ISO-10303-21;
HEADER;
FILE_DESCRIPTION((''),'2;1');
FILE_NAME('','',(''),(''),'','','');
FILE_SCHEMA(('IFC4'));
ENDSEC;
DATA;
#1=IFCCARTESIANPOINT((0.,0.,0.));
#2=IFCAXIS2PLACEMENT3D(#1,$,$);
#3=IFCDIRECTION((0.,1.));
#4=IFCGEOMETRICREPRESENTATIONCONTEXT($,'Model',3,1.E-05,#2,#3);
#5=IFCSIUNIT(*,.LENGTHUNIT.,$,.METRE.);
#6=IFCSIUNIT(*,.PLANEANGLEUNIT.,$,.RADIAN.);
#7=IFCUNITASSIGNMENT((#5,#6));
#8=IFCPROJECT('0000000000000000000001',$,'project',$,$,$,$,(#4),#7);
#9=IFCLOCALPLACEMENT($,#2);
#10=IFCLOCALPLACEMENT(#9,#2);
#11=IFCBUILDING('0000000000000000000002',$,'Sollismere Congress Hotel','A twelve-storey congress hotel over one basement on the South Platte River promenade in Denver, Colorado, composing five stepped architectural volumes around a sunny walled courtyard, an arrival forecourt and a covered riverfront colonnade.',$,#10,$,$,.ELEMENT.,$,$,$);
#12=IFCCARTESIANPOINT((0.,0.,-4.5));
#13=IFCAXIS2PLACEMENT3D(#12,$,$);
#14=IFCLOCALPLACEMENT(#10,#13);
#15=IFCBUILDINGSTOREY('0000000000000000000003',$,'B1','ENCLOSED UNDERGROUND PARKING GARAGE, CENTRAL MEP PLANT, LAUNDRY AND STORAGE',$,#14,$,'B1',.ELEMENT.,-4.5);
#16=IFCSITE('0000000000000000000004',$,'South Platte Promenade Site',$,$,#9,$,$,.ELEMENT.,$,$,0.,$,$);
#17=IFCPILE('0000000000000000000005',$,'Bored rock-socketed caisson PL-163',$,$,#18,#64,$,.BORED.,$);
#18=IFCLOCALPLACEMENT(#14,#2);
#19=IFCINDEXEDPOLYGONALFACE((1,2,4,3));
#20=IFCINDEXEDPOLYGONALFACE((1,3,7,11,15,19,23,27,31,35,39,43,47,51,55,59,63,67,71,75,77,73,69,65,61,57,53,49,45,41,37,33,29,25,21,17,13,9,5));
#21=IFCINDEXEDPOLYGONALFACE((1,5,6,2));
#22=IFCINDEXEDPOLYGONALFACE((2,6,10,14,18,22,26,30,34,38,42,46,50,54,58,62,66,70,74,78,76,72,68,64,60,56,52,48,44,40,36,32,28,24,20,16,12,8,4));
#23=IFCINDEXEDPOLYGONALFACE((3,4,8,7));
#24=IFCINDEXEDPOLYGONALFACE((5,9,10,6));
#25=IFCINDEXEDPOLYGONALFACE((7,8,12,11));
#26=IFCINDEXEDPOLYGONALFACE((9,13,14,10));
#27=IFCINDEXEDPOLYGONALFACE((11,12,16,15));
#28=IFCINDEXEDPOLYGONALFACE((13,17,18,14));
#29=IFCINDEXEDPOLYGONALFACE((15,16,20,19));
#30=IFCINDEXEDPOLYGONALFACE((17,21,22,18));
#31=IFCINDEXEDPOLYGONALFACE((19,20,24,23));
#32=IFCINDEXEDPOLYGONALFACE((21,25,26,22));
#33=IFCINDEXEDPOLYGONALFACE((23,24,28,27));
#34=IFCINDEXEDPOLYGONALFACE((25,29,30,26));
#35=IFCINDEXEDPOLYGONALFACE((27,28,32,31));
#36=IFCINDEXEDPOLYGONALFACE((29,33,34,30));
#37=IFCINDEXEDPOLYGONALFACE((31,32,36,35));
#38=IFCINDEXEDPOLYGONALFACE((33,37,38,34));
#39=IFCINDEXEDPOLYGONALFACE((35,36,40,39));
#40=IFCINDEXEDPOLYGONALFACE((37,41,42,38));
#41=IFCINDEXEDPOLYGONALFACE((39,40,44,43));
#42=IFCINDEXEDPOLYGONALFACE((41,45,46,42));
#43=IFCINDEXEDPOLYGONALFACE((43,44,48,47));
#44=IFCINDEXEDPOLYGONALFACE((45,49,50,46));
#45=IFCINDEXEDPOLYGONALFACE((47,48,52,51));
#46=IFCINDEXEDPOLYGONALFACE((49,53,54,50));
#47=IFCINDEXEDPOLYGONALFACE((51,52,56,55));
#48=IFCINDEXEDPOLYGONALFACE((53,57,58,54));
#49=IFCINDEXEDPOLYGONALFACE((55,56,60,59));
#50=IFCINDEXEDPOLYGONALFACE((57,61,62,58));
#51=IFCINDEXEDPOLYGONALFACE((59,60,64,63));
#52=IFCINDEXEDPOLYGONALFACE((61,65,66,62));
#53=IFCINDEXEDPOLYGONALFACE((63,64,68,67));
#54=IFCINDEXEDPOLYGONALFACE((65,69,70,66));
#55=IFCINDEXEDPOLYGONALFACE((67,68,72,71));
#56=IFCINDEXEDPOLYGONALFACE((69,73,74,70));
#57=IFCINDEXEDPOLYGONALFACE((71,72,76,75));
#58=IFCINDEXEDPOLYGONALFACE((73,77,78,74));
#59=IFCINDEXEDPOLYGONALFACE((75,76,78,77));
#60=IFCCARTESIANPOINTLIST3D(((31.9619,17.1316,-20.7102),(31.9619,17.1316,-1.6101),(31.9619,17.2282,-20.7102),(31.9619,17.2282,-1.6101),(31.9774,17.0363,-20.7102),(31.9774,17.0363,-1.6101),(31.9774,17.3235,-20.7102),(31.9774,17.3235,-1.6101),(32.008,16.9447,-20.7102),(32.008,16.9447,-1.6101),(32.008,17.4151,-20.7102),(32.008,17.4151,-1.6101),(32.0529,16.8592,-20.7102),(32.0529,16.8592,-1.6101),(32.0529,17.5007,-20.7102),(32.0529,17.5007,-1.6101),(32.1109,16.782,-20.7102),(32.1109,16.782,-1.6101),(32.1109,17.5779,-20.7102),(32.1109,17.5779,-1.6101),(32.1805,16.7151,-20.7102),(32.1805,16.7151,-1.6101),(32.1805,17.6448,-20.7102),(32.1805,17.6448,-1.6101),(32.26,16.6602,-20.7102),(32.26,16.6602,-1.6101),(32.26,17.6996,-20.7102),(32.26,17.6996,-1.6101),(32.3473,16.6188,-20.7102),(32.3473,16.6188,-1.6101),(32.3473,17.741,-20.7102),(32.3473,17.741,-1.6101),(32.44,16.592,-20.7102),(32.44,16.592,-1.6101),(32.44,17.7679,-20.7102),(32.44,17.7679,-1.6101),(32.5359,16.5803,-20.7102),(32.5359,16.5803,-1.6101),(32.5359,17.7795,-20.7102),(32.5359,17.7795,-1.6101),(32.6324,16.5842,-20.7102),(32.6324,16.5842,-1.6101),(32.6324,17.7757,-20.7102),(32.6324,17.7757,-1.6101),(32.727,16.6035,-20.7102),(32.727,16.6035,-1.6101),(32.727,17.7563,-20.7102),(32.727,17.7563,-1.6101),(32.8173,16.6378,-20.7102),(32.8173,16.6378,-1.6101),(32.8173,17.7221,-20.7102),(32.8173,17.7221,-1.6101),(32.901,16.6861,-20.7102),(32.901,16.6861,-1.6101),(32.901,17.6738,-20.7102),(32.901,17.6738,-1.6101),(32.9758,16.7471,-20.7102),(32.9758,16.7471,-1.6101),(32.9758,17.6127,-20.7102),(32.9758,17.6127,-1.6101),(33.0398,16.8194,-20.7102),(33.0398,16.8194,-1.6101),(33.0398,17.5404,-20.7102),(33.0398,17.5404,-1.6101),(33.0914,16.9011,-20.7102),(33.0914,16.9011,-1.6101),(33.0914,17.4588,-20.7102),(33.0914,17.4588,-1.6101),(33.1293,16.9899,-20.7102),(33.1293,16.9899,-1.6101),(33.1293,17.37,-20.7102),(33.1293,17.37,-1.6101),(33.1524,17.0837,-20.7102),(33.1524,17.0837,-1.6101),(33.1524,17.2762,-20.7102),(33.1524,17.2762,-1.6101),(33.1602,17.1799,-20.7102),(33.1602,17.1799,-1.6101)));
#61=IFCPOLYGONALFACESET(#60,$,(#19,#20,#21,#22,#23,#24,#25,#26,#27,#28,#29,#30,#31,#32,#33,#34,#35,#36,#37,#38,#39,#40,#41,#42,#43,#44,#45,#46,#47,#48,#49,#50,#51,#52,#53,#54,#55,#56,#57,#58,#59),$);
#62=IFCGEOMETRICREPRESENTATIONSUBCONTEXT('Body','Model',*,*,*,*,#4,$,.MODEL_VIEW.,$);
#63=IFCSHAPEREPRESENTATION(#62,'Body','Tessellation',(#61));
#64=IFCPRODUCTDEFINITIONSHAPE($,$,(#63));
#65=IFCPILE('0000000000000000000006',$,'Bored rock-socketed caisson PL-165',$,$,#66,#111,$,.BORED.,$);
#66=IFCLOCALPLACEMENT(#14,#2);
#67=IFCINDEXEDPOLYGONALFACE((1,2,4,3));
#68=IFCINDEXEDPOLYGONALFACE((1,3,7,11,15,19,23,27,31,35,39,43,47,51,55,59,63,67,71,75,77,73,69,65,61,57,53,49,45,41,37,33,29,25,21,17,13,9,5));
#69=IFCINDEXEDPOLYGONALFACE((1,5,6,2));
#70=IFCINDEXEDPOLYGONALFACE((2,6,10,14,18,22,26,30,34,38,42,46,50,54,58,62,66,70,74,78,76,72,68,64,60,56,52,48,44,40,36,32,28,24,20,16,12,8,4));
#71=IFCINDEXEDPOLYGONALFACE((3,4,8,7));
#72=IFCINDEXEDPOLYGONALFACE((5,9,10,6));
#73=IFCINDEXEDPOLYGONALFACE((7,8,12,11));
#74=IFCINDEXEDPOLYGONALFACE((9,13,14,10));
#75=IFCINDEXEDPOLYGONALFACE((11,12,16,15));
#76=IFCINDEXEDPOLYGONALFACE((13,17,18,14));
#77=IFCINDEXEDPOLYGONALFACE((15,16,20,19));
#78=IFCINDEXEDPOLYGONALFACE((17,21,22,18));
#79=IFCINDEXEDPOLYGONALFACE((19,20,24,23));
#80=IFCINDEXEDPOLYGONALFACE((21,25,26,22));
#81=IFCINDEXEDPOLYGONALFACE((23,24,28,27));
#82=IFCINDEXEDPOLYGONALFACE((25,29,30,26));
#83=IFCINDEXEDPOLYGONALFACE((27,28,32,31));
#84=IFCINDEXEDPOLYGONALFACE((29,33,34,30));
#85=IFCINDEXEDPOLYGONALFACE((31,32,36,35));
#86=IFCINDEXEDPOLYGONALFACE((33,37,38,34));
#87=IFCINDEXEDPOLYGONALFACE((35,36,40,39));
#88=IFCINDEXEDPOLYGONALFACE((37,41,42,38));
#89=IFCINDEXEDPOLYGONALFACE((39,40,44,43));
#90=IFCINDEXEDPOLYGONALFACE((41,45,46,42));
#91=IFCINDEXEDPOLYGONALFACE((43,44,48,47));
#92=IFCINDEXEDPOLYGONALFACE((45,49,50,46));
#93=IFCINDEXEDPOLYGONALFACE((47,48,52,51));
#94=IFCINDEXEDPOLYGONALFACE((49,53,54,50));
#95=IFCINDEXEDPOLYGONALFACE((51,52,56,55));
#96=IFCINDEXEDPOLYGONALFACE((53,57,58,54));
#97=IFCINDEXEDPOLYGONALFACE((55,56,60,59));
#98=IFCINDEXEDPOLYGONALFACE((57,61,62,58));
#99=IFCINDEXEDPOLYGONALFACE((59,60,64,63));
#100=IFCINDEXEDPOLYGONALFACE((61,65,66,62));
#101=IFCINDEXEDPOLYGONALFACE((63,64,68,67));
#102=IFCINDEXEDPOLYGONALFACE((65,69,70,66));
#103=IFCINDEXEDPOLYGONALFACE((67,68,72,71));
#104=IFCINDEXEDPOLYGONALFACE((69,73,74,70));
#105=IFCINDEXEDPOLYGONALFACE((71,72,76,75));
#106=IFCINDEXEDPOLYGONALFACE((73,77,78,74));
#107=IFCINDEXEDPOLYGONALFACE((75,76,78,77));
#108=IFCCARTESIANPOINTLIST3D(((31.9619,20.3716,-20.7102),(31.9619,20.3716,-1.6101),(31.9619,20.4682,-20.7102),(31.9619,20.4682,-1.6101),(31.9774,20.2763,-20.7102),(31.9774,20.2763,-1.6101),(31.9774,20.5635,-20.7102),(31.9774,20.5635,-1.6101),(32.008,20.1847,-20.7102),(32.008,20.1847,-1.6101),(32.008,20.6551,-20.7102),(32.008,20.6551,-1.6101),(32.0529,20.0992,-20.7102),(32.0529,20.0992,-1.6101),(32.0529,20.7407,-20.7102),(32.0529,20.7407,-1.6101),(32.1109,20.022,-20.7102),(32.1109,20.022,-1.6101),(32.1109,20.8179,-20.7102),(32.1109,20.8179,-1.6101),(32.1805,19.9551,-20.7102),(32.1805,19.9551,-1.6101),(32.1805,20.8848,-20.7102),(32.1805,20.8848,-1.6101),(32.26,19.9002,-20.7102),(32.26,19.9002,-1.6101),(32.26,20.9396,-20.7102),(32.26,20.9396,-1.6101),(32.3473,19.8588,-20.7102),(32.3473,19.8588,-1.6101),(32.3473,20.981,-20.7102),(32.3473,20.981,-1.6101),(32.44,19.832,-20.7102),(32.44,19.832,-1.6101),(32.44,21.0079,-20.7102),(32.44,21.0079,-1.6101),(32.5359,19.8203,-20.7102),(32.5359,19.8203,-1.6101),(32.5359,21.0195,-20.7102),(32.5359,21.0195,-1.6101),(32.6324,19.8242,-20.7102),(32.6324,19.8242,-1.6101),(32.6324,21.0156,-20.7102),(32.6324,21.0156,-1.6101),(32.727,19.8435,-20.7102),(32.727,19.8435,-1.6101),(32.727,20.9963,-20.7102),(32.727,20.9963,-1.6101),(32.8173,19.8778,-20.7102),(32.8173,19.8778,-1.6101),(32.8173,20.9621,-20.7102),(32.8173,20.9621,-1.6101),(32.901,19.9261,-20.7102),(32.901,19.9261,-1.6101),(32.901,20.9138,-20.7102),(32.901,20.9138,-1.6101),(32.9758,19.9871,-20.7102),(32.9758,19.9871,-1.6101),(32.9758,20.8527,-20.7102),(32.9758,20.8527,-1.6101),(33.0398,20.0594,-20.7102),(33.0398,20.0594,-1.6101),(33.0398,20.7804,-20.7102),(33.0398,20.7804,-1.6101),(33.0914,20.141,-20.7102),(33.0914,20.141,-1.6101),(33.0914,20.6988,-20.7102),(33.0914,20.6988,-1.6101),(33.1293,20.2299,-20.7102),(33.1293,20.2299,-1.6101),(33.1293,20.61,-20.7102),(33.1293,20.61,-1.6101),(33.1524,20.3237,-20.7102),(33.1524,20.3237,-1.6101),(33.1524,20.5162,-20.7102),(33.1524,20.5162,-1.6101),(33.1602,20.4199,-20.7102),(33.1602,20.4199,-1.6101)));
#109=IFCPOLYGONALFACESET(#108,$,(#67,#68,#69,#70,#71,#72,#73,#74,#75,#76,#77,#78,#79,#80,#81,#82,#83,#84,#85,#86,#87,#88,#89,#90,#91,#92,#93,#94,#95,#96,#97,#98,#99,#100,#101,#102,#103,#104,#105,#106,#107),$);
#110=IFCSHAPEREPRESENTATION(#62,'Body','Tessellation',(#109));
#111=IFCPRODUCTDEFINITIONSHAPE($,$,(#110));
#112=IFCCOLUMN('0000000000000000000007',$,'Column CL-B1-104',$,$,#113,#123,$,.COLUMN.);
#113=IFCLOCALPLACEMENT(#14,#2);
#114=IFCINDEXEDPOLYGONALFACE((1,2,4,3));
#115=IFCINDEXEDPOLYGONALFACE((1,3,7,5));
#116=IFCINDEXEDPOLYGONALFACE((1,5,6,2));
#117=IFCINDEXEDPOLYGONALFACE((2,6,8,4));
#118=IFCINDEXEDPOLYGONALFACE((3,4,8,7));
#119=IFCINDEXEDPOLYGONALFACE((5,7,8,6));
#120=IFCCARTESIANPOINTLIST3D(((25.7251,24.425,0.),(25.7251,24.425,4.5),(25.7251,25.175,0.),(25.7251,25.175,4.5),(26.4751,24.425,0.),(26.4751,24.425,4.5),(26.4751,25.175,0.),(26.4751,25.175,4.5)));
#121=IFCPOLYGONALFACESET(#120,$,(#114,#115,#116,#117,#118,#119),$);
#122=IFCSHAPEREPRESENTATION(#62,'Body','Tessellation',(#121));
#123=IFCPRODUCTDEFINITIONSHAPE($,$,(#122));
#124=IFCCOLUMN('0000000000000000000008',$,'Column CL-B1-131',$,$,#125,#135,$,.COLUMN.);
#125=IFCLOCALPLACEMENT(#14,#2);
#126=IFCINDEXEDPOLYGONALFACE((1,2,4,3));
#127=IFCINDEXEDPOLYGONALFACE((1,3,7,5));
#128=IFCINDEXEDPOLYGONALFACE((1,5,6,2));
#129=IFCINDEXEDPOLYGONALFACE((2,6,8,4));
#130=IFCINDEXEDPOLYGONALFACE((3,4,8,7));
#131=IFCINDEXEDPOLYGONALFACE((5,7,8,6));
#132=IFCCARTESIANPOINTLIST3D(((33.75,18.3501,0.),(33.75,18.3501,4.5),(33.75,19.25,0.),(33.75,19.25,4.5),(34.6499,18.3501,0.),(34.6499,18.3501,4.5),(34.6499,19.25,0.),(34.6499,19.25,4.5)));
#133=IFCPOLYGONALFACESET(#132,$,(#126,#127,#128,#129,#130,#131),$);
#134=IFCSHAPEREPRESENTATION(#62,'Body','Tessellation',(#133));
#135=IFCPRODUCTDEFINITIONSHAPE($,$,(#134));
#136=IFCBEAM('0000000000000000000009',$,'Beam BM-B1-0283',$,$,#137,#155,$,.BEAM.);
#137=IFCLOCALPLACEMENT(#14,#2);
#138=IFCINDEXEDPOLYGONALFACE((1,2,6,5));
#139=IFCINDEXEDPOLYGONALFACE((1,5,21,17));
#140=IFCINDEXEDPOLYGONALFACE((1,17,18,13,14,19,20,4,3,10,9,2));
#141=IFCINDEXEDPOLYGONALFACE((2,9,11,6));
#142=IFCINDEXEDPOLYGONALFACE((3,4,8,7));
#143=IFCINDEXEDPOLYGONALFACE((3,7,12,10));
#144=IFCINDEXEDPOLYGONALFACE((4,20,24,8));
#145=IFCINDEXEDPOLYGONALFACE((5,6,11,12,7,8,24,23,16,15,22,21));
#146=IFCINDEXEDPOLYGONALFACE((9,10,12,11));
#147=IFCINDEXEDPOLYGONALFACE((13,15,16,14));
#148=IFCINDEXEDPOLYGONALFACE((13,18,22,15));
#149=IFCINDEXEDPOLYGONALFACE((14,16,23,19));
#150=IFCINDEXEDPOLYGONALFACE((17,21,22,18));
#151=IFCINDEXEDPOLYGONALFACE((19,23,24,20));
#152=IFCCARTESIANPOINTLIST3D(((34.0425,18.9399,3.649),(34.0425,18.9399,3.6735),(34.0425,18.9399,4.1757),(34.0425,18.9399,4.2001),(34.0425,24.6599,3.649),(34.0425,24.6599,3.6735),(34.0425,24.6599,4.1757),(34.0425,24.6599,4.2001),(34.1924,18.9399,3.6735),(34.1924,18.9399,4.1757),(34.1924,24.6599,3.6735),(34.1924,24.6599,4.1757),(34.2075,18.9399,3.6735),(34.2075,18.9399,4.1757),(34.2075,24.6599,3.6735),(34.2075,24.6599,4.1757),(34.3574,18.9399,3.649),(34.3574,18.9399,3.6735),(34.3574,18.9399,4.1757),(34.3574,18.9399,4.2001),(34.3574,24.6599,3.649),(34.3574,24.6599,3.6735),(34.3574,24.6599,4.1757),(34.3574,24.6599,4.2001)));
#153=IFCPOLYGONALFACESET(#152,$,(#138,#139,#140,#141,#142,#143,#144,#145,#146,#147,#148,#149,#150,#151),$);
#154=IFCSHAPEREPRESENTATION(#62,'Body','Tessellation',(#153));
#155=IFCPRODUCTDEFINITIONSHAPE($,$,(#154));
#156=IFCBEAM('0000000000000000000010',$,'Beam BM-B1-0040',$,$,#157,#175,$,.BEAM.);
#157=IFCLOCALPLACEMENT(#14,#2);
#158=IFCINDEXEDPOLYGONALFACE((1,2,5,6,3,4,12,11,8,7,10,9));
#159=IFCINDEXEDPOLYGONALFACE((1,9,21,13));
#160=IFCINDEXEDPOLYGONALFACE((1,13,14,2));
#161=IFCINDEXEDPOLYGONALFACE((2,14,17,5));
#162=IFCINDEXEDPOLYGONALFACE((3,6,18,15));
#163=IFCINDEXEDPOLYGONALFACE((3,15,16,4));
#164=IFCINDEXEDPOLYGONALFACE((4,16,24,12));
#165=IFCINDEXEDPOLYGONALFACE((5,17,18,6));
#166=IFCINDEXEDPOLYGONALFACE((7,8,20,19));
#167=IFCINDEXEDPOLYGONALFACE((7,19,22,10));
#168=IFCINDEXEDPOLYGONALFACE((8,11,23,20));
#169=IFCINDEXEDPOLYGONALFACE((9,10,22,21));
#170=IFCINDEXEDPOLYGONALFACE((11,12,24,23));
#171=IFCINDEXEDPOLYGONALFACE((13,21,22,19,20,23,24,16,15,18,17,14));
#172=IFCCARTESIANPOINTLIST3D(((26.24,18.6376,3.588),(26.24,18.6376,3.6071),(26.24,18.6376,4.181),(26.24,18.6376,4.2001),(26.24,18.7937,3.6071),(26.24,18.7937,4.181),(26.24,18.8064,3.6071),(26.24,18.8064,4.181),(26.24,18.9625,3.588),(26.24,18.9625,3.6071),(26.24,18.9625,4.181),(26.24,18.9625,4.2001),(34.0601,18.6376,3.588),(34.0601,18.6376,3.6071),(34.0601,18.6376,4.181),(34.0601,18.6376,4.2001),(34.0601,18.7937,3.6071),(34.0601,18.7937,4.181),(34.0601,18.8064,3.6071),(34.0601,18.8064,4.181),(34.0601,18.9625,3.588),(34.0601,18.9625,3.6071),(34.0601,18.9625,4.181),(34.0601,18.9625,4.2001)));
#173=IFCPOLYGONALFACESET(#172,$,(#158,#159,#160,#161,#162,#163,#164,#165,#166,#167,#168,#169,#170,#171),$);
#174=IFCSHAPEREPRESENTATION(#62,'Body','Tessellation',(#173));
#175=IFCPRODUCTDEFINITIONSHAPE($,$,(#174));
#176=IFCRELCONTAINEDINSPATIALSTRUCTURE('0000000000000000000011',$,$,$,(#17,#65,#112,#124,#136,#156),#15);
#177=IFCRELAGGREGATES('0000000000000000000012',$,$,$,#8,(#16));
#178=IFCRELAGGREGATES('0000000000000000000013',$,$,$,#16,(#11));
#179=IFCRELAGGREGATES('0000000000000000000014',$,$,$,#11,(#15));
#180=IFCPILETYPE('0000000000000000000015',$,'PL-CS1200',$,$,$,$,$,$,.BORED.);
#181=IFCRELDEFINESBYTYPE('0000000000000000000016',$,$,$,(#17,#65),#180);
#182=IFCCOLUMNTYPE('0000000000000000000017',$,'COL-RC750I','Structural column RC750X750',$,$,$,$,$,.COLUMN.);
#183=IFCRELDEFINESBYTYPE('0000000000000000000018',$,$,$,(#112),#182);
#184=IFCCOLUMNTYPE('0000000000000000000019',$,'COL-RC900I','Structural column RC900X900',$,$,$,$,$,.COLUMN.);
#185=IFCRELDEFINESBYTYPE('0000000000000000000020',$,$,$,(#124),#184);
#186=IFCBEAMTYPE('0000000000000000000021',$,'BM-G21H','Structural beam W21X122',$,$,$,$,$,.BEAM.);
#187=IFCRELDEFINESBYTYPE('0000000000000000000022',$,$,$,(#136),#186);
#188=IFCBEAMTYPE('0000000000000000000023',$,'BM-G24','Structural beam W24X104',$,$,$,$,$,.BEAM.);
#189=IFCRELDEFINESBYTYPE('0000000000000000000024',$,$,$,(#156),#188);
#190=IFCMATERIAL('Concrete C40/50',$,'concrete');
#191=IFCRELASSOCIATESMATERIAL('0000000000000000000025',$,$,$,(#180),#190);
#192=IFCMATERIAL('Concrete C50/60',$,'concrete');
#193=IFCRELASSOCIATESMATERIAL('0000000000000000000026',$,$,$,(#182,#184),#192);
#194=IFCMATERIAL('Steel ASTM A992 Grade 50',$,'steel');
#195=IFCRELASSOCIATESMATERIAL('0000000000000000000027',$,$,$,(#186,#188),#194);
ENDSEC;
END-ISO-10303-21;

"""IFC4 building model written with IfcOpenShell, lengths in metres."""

from ifc_helpers import new_model, si_unit, direction, frame, origin, origin_2d, place, context, subcontext, project, spatial, rectangle, circle, i_section, extrude, material, material_profile, profile_set, type_object, element, save


model = new_model("IFC4")

# Units and contexts
model_context = context("Model", 3, precision=1e-05, world=origin(), true_north=direction((0.0, 1.0)))
body_context = subcontext(model_context, "Body", "Model", "MODEL_VIEW")
ifc_project = project(units=[si_unit("LENGTHUNIT", "METRE"), si_unit("PLANEANGLEUNIT", "RADIAN")], contexts=[model_context])

# Site, building, storey
site_placement = place(None, origin())
site = spatial("IfcSite", under=ifc_project, at=site_placement, Name="South Platte Promenade Site", CompositionType="ELEMENT", RefElevation=0.0)
building_placement = place(site_placement, origin())
building = spatial("IfcBuilding", under=site, at=building_placement, Name="Sollismere Congress Hotel", Description="A twelve-storey congress hotel over one basement on the South Platte River promenade in Denver, Colorado, composing five stepped architectural volumes around a sunny walled courtyard, an arrival forecourt and a covered riverfront colonnade.", CompositionType="ELEMENT")
storey_placement = place(building_placement, frame((0.0, 0.0, -4.5)))
storey = spatial("IfcBuildingStorey", under=building, at=storey_placement, Name="B1", Description="ENCLOSED UNDERGROUND PARKING GARAGE, CENTRAL MEP PLANT, LAUNDRY AND STORAGE", LongName="B1", CompositionType="ELEMENT", Elevation=-4.5)

# Shared definitions
ifc_material_1 = material(Name="Concrete C40/50", Category="concrete")

# Piles
ifc_material_profile_1 = material_profile(ifc_material_1, circle(Radius=0.6001, at=origin_2d()), Name="CAISSON1200")
ifc_profile_set_1 = profile_set([ifc_material_profile_1], Name="Concrete C40/50")
pile_type = type_object("IfcPileType", Name="PL-CS1200", PredefinedType="BORED", material=ifc_profile_set_1)
for number, where, z_axis, x_axis, name in (
    (1, (32.5601, 17.1799, -1.6101), (0.0, 0.0, -1.0), (1.0, 0.0, 0.0), "Bored rock-socketed caisson PL-163"),
    (2, (32.5601, 20.4199, -1.6101), (0.0, 0.0, -1.0), (1.0, 0.0, 0.0), "Bored rock-socketed caisson PL-165"),
):
    element("IfcPile", number, at=place(storey_placement, frame(where, z_axis=z_axis, x_axis=x_axis)), inside=storey, type_object=pile_type, Name=name, PredefinedType="BORED", context=body_context, shape_type="SweptSolid", body=[
        extrude(circle(Radius=0.6001, at=origin_2d()), origin(), (0.0, 0.0, 1.0), 19.1001),
    ])

# Columns
ifc_material_2 = material(Name="Concrete C50/60", Category="concrete")
ifc_material_profile_2 = material_profile(ifc_material_2, rectangle(XDim=0.75, YDim=0.75, at=origin_2d()), Name="RC750X750")
ifc_profile_set_2 = profile_set([ifc_material_profile_2], Name="Concrete C50/60")
column_type_1 = type_object("IfcColumnType", Name="COL-RC750I", Description="Structural column RC750X750", PredefinedType="COLUMN", material=ifc_profile_set_2)
column_1_placement = place(storey_placement, frame((26.1001, 24.8, 0.0), z_axis=(0.0, 0.0, 1.0), x_axis=(0.0, 1.0, 0.0)))
element("IfcColumn", 3, at=column_1_placement, inside=storey, type_object=column_type_1, Name="Column CL-B1-104", PredefinedType="COLUMN", context=body_context, shape_type="SweptSolid", body=[
    extrude(rectangle(XDim=0.75, YDim=0.75, at=origin_2d()), origin(), (0.0, 0.0, 1.0), 4.5),
])
ifc_material_profile_3 = material_profile(ifc_material_2, rectangle(XDim=0.8999, YDim=0.8999, at=origin_2d()), Name="RC900X900")
ifc_profile_set_3 = profile_set([ifc_material_profile_3], Name="Concrete C50/60")
column_type_2 = type_object("IfcColumnType", Name="COL-RC900I", Description="Structural column RC900X900", PredefinedType="COLUMN", material=ifc_profile_set_3)
column_2_placement = place(storey_placement, frame((34.2, 18.8, 0.0), z_axis=(0.0, 0.0, 1.0), x_axis=(0.0, 1.0, 0.0)))
element("IfcColumn", 4, at=column_2_placement, inside=storey, type_object=column_type_2, Name="Column CL-B1-131", PredefinedType="COLUMN", context=body_context, shape_type="SweptSolid", body=[
    extrude(rectangle(XDim=0.8999, YDim=0.8999, at=origin_2d()), origin(), (0.0, 0.0, 1.0), 4.5),
])

# Beams
ifc_material_3 = material(Name="Steel ASTM A992 Grade 50", Category="steel")
ifc_material_profile_4 = material_profile(ifc_material_3, i_section(OverallWidth=0.3149, OverallDepth=0.551, WebThickness=0.0151, FlangeThickness=0.0244, at=origin_2d()), Name="W21X122")
ifc_profile_set_4 = profile_set([ifc_material_profile_4], Name="Steel ASTM A992 Grade 50")
beam_type_1 = type_object("IfcBeamType", Name="BM-G21H", Description="Structural beam W21X122", PredefinedType="BEAM", material=ifc_profile_set_4)
beam_1_placement = place(storey_placement, frame((34.2, 18.9399, 3.9246), z_axis=(0.0, 1.0, 0.0), x_axis=(-1.0, 0.0, 0.0)))
element("IfcBeam", 5, at=beam_1_placement, inside=storey, type_object=beam_type_1, Name="Beam BM-B1-0283", PredefinedType="BEAM", context=body_context, shape_type="SweptSolid", body=[
    extrude(i_section(OverallWidth=0.3149, OverallDepth=0.551, WebThickness=0.0151, FlangeThickness=0.0244, at=origin_2d()), origin(), (0.0, 0.0, 1.0), 5.72),
])
ifc_material_profile_5 = material_profile(ifc_material_3, i_section(OverallWidth=0.325, OverallDepth=0.6121, WebThickness=0.0127, FlangeThickness=0.019, at=origin_2d()), Name="W24X104")
ifc_profile_set_5 = profile_set([ifc_material_profile_5], Name="Steel ASTM A992 Grade 50")
beam_type_2 = type_object("IfcBeamType", Name="BM-G24", Description="Structural beam W24X104", PredefinedType="BEAM", material=ifc_profile_set_5)
beam_2_placement = place(storey_placement, frame((26.24, 18.8, 3.894), z_axis=(1.0, 0.0, 0.0), x_axis=(0.0, 1.0, 0.0)))
element("IfcBeam", 6, at=beam_2_placement, inside=storey, type_object=beam_type_2, Name="Beam BM-B1-0040", PredefinedType="BEAM", context=body_context, shape_type="SweptSolid", body=[
    extrude(i_section(OverallWidth=0.325, OverallDepth=0.6121, WebThickness=0.0127, FlangeThickness=0.019, at=origin_2d()), origin(), (0.0, 0.0, 1.0), 7.8201),
])

save(model, "model.ifc")
